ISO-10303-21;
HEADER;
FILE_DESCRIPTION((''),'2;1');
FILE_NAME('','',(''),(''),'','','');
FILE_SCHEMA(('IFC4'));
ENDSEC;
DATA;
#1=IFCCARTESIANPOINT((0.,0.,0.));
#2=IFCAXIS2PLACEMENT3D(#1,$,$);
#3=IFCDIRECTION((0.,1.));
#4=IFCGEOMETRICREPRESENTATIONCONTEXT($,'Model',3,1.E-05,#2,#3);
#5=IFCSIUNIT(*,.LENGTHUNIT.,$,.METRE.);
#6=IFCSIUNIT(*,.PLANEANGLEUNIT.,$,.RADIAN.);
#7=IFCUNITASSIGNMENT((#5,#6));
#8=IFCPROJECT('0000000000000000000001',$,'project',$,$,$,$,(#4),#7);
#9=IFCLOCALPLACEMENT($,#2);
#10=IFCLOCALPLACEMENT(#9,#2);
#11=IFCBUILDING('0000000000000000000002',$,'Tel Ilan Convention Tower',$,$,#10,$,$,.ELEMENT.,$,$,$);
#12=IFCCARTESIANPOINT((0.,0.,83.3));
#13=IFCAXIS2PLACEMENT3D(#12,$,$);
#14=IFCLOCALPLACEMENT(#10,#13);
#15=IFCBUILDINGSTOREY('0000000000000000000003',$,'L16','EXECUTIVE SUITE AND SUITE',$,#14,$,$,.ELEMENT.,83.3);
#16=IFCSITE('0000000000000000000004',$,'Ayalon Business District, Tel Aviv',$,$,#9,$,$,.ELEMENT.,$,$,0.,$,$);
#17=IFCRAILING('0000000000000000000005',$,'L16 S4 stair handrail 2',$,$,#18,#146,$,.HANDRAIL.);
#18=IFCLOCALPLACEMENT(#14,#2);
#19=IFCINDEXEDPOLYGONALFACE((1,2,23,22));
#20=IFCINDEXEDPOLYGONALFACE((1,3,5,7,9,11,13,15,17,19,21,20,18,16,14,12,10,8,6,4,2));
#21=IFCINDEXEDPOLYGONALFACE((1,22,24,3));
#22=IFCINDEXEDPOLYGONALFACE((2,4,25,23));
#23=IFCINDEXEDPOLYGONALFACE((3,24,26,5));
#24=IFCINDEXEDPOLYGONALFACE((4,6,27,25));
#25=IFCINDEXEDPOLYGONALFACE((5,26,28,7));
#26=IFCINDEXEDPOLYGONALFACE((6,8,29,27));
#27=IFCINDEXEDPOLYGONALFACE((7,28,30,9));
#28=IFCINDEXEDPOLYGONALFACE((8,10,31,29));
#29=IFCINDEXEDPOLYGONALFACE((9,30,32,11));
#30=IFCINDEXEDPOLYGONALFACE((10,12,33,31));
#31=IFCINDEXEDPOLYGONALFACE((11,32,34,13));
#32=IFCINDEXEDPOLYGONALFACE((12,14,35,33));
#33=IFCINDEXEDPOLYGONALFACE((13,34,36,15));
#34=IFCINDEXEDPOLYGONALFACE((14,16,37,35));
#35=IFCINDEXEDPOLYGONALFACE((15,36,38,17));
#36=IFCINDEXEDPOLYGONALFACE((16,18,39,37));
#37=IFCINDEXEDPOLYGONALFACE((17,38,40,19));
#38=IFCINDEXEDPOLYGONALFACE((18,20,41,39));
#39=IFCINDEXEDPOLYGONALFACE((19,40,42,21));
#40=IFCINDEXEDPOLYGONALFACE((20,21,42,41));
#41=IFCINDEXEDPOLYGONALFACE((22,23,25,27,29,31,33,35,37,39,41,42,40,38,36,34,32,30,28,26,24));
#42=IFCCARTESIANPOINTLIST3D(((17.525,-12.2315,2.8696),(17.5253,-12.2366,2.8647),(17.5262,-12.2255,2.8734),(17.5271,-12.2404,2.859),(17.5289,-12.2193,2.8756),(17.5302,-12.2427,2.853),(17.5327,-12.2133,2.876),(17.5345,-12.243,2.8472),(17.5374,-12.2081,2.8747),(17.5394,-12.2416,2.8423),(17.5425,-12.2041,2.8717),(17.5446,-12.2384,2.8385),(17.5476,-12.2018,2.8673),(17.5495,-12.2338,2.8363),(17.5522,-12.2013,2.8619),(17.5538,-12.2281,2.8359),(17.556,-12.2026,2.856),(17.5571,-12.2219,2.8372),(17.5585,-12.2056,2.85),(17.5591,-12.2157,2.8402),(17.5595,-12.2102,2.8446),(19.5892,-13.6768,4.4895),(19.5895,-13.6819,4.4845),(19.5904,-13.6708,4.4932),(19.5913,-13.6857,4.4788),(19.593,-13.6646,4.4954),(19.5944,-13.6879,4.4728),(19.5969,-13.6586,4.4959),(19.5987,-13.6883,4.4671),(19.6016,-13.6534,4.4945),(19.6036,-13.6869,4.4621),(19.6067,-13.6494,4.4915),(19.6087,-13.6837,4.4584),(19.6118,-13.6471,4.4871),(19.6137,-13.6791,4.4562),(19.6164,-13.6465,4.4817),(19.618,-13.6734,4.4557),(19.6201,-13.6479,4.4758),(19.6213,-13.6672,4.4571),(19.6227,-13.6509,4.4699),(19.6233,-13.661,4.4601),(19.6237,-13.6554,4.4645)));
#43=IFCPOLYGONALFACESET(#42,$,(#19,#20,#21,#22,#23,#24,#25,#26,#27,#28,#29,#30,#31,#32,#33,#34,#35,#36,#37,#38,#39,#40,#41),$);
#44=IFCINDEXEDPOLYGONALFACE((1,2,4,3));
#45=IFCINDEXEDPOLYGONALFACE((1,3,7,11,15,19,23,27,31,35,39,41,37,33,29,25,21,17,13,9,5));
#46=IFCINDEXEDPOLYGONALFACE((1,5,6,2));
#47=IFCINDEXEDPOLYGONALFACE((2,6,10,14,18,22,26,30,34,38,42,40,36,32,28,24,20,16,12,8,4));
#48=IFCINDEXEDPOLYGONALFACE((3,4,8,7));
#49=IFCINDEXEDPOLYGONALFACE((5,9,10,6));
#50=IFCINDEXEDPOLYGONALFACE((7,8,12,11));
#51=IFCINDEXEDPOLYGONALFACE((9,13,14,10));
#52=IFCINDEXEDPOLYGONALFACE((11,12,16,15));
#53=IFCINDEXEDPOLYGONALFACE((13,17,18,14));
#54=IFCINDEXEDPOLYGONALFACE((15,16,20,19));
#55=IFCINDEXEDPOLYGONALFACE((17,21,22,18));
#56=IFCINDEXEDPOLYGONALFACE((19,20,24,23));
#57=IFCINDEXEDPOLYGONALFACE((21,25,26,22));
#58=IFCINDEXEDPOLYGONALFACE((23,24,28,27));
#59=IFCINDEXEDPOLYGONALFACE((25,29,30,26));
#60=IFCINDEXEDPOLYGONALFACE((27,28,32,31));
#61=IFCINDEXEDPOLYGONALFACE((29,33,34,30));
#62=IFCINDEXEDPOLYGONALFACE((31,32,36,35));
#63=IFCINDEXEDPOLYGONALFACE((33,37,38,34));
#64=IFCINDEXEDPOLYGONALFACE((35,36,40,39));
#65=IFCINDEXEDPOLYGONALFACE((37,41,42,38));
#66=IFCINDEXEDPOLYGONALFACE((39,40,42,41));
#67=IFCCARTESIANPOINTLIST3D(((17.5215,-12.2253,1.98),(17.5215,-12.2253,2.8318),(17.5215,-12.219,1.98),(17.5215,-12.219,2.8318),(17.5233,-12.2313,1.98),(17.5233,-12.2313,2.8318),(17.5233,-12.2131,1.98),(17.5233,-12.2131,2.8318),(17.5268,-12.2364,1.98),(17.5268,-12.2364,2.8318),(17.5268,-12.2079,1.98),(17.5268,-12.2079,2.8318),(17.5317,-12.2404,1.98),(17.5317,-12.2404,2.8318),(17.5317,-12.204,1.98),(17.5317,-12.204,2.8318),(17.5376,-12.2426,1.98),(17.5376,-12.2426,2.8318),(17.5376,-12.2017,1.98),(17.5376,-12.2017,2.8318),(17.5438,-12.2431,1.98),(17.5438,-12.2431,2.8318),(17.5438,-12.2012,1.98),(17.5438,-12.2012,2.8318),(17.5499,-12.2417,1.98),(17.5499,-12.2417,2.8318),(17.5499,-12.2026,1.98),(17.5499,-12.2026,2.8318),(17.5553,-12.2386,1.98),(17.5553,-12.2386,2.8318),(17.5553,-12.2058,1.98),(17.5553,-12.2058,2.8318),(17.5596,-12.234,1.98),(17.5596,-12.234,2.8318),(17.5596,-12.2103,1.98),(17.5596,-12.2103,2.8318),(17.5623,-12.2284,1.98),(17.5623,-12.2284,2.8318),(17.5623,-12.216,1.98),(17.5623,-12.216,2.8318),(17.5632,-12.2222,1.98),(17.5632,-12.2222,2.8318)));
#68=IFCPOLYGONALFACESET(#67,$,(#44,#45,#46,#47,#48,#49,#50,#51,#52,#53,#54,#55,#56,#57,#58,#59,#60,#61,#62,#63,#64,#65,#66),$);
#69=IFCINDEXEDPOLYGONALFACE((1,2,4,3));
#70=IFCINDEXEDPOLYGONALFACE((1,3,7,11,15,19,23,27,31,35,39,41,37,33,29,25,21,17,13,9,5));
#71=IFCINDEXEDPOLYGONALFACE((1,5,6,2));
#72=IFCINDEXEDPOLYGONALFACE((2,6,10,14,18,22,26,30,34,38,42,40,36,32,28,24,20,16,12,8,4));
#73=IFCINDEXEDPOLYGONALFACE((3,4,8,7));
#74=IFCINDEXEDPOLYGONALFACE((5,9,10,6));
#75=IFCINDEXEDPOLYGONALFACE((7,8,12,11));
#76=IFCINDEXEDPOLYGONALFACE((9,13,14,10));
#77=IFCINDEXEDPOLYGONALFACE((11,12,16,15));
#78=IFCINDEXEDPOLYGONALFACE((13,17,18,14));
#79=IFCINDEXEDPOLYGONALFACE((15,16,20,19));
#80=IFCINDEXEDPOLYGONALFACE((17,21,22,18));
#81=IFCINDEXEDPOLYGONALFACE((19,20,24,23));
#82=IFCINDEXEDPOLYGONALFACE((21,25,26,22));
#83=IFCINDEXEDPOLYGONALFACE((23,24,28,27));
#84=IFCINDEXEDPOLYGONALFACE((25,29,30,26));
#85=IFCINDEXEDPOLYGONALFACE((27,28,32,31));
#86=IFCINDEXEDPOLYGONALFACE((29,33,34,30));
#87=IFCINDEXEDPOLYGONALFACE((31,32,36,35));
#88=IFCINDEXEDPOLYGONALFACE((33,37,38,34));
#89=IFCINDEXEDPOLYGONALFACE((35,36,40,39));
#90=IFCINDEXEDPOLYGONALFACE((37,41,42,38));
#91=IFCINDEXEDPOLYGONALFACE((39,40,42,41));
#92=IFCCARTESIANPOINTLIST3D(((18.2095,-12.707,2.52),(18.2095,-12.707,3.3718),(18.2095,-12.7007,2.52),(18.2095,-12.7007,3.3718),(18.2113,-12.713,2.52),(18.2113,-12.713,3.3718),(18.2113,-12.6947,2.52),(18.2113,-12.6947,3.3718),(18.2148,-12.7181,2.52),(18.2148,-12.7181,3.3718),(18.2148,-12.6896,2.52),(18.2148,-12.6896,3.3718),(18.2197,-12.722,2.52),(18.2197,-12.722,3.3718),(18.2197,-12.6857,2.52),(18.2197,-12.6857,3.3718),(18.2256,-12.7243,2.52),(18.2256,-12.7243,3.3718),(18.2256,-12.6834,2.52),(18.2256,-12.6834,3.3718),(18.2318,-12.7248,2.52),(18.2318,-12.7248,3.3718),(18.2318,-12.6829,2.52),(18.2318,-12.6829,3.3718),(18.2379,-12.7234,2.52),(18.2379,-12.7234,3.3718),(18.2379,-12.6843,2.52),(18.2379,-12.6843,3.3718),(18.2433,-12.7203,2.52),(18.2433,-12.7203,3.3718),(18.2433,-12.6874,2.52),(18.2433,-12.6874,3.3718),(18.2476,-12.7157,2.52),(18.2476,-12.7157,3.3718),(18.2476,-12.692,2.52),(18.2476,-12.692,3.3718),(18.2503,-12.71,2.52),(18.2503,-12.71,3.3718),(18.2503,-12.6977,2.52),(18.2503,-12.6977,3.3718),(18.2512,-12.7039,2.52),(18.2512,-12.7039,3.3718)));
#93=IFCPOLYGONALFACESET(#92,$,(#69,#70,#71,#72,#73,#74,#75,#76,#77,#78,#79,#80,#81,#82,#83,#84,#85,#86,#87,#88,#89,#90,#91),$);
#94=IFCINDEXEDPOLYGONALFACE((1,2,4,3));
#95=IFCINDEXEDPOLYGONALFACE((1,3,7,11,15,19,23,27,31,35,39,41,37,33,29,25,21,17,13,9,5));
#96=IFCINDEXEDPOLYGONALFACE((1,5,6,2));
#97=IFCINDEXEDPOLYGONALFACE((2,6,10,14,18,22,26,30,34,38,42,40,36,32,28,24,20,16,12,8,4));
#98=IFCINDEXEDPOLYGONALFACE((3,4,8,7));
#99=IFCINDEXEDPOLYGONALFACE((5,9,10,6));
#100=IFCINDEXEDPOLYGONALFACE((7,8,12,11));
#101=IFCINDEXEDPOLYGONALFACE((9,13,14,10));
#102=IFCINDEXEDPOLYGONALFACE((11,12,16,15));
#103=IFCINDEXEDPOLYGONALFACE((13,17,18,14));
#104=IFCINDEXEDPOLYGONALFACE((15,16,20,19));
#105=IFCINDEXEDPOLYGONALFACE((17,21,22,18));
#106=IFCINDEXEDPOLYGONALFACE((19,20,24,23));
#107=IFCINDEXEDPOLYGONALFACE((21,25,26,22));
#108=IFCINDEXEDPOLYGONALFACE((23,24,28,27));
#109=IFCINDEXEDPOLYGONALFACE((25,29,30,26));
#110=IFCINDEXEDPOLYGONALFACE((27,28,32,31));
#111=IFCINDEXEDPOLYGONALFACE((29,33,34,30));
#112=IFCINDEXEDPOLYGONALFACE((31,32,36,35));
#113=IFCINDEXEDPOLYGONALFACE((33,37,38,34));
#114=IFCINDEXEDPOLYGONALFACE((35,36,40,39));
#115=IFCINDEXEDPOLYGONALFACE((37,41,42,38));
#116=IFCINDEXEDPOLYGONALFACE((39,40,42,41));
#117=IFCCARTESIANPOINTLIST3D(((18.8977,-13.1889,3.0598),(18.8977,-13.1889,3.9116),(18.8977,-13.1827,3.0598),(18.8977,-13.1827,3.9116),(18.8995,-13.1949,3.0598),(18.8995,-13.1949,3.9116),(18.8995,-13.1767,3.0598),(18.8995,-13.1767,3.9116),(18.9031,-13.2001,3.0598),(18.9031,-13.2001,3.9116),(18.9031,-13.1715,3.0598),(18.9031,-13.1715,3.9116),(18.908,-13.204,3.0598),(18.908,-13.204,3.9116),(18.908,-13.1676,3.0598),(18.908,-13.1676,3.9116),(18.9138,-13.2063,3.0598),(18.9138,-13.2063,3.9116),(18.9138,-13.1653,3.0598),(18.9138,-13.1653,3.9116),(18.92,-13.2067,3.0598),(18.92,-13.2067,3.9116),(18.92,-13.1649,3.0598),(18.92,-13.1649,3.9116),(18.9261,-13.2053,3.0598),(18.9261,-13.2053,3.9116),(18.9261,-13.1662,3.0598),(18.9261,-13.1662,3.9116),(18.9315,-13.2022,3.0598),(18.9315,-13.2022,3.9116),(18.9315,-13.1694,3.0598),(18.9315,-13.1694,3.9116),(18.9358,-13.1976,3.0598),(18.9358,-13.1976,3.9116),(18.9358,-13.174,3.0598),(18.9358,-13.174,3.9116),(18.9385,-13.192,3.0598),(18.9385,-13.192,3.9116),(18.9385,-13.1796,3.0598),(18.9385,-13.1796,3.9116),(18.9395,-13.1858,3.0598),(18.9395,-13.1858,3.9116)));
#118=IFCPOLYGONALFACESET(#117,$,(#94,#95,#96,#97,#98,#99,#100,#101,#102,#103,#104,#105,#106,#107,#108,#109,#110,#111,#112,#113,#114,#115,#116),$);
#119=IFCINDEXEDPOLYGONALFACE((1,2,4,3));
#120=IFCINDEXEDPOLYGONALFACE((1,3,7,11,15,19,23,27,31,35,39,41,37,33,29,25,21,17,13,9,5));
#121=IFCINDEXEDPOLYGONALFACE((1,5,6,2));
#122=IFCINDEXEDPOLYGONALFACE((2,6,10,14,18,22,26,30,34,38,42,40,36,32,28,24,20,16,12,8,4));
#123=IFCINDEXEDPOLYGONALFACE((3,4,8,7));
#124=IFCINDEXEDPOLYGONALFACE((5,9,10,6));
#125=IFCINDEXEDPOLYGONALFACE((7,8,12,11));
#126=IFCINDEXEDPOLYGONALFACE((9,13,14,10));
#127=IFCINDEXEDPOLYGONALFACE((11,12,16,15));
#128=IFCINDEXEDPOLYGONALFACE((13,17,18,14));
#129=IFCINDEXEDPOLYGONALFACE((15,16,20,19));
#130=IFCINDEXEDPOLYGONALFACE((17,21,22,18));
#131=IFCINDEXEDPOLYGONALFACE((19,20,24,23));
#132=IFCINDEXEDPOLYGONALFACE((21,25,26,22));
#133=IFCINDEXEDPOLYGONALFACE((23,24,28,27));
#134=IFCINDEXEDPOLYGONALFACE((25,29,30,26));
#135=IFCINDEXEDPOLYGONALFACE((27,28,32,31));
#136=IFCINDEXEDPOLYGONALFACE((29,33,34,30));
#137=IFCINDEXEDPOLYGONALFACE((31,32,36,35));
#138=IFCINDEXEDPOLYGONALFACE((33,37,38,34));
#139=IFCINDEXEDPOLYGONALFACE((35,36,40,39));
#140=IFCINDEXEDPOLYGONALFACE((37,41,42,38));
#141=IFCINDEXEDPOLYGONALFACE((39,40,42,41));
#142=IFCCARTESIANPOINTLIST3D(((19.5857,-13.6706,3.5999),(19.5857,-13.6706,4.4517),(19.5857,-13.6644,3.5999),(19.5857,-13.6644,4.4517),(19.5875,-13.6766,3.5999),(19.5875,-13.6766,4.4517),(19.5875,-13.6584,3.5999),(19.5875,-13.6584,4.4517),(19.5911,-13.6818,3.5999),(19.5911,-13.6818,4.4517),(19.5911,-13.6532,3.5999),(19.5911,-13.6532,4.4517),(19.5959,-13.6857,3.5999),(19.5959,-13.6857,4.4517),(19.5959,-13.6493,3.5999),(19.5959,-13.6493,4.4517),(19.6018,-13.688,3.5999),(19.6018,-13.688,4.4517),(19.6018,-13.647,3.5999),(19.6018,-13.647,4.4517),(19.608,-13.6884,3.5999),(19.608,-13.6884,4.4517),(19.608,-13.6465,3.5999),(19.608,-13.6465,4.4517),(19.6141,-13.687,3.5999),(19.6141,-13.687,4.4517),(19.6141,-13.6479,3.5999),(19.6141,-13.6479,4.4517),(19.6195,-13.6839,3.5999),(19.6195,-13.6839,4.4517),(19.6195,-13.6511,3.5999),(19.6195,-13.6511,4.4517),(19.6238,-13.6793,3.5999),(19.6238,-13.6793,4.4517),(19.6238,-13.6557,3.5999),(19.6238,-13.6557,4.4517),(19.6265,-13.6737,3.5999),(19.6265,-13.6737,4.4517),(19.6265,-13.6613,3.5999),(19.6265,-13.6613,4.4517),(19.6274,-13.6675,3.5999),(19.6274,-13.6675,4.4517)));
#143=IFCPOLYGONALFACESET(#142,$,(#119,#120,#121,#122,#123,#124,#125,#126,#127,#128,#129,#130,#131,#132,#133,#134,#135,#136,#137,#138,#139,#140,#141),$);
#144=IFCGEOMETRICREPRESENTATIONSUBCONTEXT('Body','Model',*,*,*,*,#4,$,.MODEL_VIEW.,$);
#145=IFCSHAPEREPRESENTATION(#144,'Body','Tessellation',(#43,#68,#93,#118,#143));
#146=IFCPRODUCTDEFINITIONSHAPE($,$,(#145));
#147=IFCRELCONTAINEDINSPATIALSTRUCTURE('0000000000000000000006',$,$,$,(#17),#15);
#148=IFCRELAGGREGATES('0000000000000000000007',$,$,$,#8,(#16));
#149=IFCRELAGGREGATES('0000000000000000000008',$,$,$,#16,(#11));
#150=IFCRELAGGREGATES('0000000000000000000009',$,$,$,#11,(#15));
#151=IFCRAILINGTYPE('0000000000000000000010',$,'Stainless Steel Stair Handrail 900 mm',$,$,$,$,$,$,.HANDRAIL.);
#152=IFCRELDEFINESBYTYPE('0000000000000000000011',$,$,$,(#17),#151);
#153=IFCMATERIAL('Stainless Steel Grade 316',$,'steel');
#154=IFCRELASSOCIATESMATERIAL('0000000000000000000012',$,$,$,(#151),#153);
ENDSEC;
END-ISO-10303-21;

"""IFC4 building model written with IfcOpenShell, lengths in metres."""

from ifc_helpers import new_model, si_unit, direction, frame, origin, origin_2d, place, context, subcontext, project, spatial, circle, extrude, material, type_object, element, save


model = new_model("IFC4")

# Units and contexts
model_context = context("Model", 3, precision=1e-05, world=origin(), true_north=direction((0.0, 1.0)))
body_context = subcontext(model_context, "Body", "Model", "MODEL_VIEW")
ifc_project = project(units=[si_unit("LENGTHUNIT", "METRE"), si_unit("PLANEANGLEUNIT", "RADIAN")], contexts=[model_context])

# Site, building, storey
site_placement = place(None, origin())
site = spatial("IfcSite", under=ifc_project, at=site_placement, Name="Ayalon Business District, Tel Aviv", CompositionType="ELEMENT", RefElevation=0.0)
building_placement = place(site_placement, origin())
building = spatial("IfcBuilding", under=site, at=building_placement, Name="Tel Ilan Convention Tower", CompositionType="ELEMENT")
storey_placement = place(building_placement, frame((0.0, 0.0, 83.3)))
storey = spatial("IfcBuildingStorey", under=building, at=storey_placement, Name="L16", Description="EXECUTIVE SUITE AND SUITE", CompositionType="ELEMENT", Elevation=83.3)

# Railing
ifc_material_1 = material(Name="Stainless Steel Grade 316", Category="steel")
railing_type_1 = type_object("IfcRailingType", Name="Stainless Steel Stair Handrail 900 mm", PredefinedType="HANDRAIL", material=ifc_material_1)
railing_1_placement = place(storey_placement, frame((17.5422, -12.2222, 1.98)))
element("IfcRailing", 1, at=railing_1_placement, inside=storey, type_object=railing_type_1, Name="L16 S4 stair handrail 2", PredefinedType="HANDRAIL", context=body_context, shape_type="SweptSolid", body=[
    extrude(circle(Radius=0.0239, at=origin_2d()), frame((0.0, 0.0, 0.876), z_axis=(0.68907, -0.482472, 0.540743), x_axis=(0.57356, 0.819164, 0.0)), (0.0, 0.0, 1.0), 2.9956),
    extrude(circle(Radius=0.021, at=origin_2d()), origin(), (0.0, 0.0, 1.0), 0.8518),
    extrude(circle(Radius=0.021, at=origin_2d()), frame((0.688, -0.4817, 0.54)), (0.0, 0.0, 1.0), 0.8518),
    extrude(circle(Radius=0.021, at=origin_2d()), frame((1.3762, -0.9636, 1.0798)), (0.0, 0.0, 1.0), 0.8518),
    extrude(circle(Radius=0.021, at=origin_2d()), frame((2.0642, -1.4453, 1.6199)), (0.0, 0.0, 1.0), 0.8518),
])

save(model, "model.ifc")
